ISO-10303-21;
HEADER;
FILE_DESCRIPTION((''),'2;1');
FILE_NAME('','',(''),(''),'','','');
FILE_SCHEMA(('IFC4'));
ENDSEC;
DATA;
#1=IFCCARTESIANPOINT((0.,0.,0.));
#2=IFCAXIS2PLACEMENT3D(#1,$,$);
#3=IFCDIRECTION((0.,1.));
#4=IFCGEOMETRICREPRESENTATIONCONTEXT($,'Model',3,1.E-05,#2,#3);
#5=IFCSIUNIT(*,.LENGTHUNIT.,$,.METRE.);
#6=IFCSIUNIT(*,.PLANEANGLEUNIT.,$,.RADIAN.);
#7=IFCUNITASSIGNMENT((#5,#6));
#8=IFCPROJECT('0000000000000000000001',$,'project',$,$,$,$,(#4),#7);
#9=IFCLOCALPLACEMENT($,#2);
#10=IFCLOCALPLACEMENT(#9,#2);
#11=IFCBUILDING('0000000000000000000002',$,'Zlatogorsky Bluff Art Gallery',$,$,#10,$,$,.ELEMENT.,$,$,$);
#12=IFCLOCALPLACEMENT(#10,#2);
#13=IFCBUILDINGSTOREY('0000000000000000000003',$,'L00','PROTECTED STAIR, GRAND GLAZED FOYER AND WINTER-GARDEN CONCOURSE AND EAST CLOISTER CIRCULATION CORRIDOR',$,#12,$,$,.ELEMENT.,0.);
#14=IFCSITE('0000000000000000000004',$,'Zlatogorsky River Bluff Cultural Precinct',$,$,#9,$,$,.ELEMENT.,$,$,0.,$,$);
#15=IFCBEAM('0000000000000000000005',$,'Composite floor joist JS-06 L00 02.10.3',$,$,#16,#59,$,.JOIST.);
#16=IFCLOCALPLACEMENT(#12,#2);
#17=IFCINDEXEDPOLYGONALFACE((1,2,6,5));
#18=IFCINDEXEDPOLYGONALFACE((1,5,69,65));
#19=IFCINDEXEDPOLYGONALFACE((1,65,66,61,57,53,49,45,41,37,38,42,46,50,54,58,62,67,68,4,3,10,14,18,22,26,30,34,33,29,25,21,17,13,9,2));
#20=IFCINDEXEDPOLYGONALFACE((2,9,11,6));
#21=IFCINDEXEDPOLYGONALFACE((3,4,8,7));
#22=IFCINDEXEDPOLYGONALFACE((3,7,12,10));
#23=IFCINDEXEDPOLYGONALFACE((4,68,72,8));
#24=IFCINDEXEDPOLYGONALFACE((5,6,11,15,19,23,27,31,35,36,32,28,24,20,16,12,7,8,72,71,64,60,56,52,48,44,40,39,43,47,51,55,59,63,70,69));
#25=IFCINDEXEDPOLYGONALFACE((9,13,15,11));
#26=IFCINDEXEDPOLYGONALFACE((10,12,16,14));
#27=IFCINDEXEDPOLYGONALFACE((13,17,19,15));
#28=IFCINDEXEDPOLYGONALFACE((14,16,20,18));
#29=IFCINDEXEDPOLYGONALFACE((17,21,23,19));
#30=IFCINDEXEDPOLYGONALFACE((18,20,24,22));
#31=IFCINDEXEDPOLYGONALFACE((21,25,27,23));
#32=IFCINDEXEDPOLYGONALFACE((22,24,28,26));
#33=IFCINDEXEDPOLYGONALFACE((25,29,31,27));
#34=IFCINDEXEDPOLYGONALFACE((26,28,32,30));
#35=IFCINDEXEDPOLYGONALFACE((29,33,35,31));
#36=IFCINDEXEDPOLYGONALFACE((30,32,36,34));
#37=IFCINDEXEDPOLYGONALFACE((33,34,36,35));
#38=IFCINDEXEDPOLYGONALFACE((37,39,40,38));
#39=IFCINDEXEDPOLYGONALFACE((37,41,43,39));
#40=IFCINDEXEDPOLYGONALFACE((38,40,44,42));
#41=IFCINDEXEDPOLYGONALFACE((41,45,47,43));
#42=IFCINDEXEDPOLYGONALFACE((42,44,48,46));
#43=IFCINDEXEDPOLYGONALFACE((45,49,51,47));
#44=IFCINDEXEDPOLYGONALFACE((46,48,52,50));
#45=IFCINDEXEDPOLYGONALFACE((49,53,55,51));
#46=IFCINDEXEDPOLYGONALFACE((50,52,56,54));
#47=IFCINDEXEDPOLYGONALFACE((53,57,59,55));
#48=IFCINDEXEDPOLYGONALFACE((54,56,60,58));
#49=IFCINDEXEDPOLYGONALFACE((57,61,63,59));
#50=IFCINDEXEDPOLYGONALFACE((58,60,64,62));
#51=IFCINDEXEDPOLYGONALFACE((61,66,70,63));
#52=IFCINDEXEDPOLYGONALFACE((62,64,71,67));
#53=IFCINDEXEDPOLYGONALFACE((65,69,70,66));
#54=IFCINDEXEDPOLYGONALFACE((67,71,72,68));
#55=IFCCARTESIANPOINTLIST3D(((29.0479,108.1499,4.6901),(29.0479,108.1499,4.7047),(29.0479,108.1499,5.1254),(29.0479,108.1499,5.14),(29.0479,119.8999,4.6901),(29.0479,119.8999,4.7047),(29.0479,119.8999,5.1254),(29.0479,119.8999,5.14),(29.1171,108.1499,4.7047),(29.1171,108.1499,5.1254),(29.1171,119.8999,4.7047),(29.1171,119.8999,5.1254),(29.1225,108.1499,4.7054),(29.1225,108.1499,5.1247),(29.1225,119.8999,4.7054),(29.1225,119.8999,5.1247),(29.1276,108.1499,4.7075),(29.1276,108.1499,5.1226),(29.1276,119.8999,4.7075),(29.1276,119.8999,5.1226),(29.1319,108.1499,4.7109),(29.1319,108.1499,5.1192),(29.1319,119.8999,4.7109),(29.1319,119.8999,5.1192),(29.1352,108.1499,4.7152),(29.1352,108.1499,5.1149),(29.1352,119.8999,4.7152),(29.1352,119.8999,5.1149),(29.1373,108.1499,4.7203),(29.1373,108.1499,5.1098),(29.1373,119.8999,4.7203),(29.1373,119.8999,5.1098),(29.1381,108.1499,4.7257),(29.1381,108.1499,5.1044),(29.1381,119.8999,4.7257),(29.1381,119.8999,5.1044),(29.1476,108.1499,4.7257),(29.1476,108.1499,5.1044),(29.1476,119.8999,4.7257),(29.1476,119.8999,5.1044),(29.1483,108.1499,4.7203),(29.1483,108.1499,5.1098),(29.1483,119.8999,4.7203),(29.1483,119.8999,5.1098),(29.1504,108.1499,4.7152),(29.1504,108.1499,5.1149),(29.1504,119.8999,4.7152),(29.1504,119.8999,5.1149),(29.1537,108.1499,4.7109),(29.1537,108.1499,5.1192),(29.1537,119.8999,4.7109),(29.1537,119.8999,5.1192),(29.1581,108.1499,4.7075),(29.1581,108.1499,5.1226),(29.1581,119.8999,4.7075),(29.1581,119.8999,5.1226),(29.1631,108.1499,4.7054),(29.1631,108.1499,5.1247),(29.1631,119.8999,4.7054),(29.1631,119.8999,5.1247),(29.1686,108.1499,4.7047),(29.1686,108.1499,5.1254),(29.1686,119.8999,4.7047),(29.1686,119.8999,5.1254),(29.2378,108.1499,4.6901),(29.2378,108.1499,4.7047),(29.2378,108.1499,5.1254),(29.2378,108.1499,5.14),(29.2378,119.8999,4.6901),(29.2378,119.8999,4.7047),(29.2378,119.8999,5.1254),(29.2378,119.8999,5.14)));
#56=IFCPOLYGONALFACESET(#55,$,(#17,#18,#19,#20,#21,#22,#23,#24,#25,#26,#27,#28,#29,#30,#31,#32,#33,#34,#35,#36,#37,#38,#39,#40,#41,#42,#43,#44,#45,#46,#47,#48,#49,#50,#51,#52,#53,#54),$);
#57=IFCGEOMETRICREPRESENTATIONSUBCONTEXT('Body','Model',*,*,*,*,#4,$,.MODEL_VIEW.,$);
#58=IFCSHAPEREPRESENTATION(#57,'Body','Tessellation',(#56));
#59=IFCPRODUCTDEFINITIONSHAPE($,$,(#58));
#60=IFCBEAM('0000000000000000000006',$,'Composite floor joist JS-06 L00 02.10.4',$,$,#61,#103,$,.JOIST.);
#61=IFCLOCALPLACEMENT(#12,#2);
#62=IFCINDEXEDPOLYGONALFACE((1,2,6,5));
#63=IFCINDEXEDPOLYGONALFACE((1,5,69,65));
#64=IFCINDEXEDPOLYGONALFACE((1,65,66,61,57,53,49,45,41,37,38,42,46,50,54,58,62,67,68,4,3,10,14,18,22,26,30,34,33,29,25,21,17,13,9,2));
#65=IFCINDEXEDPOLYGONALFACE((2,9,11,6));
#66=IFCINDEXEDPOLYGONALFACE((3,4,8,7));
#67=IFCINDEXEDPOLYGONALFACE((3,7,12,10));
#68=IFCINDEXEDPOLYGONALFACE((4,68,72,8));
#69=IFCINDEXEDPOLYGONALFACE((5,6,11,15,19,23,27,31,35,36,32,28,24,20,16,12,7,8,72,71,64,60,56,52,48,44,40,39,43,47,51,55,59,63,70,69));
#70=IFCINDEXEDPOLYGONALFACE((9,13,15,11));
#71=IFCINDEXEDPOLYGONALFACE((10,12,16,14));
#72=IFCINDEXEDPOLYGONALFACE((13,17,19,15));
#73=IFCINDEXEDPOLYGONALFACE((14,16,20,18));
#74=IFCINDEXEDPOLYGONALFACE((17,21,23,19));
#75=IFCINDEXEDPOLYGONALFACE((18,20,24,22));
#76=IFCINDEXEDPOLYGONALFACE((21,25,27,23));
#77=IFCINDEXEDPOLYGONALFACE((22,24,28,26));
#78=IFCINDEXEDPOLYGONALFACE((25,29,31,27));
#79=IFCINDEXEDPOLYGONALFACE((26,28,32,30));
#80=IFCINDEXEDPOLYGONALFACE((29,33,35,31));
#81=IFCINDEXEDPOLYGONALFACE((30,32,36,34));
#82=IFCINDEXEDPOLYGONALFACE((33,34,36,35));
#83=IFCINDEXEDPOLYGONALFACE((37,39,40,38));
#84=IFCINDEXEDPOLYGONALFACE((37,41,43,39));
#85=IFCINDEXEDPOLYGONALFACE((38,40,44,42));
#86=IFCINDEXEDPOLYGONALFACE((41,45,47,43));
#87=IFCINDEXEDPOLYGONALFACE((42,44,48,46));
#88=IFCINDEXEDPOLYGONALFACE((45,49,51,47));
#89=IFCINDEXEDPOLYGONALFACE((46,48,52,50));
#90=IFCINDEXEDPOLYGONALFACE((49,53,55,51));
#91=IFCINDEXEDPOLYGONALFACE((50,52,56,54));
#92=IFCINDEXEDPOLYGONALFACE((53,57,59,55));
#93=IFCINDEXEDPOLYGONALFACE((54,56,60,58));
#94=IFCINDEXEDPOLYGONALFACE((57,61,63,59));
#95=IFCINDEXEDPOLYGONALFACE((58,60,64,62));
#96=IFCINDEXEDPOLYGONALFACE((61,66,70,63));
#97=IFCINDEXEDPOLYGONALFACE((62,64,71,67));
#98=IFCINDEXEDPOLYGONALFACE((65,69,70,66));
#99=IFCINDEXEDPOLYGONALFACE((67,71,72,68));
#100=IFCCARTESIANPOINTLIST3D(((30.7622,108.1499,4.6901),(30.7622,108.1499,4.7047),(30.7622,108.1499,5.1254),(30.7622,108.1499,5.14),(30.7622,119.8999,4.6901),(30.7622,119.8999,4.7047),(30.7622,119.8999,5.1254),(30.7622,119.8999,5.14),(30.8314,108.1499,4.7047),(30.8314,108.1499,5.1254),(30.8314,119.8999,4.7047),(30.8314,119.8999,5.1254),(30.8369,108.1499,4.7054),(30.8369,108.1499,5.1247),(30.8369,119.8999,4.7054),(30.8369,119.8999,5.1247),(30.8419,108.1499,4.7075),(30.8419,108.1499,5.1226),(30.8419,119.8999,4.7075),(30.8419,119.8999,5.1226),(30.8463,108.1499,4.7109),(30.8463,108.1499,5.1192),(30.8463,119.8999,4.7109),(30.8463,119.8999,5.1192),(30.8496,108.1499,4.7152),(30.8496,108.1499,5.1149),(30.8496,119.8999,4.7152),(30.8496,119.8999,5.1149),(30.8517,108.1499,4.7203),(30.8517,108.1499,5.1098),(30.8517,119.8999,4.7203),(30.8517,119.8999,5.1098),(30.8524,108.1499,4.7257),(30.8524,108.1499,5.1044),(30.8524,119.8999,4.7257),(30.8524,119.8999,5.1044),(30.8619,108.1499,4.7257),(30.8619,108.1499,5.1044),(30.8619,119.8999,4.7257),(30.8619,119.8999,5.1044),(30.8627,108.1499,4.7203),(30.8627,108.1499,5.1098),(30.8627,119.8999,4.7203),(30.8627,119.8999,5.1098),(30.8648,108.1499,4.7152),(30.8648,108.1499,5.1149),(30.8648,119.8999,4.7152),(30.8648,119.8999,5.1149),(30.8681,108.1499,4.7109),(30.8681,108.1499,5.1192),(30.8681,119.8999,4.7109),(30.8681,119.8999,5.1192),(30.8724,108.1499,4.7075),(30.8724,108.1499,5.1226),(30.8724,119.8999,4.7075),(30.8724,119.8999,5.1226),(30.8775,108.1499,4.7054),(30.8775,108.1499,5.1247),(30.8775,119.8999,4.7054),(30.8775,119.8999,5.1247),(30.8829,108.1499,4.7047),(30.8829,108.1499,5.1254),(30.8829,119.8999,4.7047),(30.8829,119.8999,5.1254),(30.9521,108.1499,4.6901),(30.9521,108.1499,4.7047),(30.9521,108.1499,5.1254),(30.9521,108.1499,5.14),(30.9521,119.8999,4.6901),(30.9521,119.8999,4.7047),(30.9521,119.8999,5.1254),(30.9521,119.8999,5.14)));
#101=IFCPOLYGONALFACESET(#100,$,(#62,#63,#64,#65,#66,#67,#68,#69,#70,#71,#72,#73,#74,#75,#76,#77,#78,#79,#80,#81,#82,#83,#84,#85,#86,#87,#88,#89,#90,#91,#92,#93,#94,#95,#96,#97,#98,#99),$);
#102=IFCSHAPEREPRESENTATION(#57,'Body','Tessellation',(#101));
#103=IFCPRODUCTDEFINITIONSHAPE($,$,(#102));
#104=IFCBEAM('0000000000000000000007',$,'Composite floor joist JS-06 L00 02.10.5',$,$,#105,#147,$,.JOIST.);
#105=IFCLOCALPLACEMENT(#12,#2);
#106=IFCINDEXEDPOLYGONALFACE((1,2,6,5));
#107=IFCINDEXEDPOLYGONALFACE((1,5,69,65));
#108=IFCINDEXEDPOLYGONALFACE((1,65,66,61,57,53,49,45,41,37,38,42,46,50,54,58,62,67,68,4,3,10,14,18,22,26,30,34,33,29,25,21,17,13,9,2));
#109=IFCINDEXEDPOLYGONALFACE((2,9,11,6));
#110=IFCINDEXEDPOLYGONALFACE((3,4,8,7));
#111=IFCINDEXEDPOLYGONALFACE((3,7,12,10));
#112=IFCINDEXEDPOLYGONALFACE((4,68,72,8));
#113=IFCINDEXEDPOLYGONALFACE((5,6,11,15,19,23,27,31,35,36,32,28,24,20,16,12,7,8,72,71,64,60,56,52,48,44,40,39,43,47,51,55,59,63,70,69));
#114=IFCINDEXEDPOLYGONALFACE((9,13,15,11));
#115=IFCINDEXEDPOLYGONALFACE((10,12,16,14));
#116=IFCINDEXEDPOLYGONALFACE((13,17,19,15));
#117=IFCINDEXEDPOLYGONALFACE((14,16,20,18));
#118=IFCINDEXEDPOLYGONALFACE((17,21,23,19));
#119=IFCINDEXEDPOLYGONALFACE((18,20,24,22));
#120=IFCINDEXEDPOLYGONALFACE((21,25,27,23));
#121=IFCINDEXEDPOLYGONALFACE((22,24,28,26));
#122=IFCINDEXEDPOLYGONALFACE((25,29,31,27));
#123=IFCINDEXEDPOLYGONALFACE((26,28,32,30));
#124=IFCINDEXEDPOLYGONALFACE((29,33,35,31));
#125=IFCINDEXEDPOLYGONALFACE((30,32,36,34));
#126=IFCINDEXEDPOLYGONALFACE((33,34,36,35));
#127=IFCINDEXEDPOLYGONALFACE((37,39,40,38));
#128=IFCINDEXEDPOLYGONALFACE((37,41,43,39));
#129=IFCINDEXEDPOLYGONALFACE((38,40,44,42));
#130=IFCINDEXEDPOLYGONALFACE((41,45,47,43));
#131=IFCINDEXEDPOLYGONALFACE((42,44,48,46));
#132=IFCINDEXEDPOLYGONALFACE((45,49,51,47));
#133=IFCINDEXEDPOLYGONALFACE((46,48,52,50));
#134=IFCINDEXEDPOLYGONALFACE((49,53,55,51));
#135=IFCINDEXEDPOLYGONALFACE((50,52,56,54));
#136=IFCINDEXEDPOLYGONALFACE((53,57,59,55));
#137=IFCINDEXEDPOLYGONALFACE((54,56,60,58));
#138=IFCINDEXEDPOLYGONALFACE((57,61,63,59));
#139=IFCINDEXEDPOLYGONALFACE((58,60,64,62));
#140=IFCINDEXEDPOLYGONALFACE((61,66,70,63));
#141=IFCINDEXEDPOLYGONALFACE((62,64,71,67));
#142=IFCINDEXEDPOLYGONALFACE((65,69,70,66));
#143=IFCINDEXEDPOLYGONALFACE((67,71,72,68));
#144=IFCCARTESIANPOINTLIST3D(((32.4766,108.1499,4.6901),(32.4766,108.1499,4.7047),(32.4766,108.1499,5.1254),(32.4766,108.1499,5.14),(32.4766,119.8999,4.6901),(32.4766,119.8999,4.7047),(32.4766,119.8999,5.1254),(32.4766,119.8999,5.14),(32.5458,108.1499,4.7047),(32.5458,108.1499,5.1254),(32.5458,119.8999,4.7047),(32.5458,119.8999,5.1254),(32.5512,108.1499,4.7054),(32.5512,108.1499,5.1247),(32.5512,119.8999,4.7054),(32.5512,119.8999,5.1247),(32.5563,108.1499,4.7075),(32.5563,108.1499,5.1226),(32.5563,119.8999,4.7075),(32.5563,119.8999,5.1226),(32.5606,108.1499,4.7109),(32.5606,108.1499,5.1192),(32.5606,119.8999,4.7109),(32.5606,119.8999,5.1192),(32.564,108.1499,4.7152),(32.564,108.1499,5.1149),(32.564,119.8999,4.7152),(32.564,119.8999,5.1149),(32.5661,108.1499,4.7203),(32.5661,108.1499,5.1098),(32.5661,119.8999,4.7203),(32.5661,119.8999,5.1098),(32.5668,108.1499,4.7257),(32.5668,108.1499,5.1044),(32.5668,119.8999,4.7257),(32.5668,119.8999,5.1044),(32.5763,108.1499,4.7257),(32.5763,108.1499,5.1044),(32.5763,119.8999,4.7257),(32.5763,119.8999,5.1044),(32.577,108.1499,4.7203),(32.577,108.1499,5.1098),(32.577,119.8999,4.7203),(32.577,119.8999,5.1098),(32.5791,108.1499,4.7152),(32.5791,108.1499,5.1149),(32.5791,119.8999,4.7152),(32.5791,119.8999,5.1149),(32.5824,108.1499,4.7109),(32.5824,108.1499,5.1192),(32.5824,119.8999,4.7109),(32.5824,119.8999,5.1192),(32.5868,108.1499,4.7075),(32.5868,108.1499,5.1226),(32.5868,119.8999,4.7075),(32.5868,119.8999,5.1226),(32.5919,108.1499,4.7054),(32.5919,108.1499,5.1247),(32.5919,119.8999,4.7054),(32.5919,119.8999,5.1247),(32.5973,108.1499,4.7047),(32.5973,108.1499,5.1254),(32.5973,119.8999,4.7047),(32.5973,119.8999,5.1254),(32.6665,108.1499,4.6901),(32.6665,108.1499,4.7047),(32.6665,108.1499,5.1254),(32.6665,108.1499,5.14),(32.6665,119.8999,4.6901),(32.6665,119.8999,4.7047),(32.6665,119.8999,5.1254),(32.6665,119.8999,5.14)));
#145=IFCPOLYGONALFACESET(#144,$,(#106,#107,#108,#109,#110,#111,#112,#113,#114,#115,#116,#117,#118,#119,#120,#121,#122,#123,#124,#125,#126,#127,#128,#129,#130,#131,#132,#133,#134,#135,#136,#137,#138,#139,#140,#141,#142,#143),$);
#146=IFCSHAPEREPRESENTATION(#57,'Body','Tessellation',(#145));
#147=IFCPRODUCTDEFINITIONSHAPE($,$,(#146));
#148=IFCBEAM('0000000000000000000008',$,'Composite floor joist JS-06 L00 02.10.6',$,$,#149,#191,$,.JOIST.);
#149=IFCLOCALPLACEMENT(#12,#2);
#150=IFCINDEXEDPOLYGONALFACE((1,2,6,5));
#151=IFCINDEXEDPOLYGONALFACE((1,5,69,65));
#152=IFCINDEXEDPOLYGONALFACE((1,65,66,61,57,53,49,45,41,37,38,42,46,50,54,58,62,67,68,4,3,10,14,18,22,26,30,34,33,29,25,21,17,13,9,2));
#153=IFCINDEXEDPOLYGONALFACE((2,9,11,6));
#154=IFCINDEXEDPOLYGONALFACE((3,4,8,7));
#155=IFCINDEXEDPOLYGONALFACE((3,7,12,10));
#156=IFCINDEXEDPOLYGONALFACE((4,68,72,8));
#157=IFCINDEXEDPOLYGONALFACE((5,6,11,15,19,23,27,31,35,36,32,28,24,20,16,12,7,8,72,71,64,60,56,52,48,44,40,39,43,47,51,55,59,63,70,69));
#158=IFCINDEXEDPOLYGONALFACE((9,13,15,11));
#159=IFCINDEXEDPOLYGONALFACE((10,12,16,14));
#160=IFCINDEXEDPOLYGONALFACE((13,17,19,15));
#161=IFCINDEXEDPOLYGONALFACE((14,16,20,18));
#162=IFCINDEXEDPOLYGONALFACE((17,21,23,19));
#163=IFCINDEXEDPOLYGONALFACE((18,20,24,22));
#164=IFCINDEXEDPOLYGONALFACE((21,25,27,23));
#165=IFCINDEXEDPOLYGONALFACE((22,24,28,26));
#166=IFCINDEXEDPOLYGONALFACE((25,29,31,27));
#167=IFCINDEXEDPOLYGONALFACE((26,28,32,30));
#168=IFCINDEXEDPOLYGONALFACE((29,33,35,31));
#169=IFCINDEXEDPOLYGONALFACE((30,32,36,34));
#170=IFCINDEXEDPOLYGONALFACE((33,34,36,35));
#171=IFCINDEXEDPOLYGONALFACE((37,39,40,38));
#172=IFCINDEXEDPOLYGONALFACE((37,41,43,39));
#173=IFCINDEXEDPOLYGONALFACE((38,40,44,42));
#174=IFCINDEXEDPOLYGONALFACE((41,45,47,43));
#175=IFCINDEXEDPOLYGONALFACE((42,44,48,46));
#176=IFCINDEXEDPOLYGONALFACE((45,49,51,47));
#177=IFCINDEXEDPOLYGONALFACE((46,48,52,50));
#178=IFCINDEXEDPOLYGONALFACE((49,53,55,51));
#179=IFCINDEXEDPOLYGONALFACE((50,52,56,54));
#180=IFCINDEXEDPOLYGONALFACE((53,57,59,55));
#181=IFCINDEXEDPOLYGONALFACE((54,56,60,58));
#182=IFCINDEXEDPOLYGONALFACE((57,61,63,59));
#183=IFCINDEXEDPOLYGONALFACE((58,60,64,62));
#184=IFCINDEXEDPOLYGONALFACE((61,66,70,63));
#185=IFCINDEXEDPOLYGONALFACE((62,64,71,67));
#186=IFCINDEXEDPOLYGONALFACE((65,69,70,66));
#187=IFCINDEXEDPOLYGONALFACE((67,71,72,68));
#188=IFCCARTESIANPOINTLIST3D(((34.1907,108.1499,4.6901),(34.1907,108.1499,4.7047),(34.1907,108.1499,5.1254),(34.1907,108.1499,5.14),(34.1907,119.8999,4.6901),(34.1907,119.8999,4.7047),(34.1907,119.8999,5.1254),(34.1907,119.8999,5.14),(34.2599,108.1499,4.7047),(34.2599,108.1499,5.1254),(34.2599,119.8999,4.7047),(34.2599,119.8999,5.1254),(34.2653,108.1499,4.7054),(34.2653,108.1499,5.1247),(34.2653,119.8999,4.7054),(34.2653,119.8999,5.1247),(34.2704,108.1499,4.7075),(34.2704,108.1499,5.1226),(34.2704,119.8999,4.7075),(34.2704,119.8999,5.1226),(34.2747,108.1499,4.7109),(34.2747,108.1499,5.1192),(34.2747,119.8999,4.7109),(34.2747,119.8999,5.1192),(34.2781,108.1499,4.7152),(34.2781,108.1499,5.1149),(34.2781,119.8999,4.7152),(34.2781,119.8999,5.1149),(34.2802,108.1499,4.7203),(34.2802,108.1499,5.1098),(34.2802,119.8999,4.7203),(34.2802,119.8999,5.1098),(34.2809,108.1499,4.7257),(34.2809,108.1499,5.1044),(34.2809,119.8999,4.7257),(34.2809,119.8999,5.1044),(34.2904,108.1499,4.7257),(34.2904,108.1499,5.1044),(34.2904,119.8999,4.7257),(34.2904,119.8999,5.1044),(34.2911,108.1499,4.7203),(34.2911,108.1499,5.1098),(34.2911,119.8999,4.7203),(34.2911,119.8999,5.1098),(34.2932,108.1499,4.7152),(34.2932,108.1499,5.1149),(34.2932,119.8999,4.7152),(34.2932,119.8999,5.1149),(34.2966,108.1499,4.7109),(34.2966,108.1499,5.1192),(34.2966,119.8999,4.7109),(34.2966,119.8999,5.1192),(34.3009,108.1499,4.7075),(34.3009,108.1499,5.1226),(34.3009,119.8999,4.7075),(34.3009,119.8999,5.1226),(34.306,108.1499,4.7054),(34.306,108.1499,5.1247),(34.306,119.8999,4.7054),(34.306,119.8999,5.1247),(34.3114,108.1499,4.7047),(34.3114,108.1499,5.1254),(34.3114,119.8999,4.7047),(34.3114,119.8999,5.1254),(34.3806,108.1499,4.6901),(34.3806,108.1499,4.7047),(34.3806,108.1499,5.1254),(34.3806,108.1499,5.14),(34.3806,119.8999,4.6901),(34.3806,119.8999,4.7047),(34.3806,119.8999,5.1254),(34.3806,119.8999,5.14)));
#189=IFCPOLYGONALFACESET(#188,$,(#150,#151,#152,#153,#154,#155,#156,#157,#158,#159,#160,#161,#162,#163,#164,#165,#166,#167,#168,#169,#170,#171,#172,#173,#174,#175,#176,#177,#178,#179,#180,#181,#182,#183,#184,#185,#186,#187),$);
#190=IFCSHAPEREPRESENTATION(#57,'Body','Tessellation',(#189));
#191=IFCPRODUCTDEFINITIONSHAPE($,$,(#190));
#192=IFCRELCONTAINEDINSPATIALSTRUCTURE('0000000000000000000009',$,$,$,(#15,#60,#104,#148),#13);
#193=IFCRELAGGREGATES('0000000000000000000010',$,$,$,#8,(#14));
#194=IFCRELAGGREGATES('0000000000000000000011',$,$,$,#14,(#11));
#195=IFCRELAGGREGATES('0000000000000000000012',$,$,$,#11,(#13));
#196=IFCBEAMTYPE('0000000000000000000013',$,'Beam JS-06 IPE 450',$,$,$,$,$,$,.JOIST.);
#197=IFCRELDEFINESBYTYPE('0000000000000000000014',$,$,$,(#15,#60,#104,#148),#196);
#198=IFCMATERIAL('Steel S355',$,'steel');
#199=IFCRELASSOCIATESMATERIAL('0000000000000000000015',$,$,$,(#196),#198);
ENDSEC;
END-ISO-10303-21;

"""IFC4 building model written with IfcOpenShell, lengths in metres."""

from ifc_helpers import new_model, si_unit, direction, frame, origin, origin_2d, place, context, subcontext, project, spatial, i_section, extrude, material, material_profile, profile_set, type_object, element, save


model = new_model("IFC4")

# Units and contexts
model_context = context("Model", 3, precision=1e-05, world=origin(), true_north=direction((0.0, 1.0)))
body_context = subcontext(model_context, "Body", "Model", "MODEL_VIEW")
ifc_project = project(units=[si_unit("LENGTHUNIT", "METRE"), si_unit("PLANEANGLEUNIT", "RADIAN")], contexts=[model_context])

# Site, building, storey
site_placement = place(None, origin())
site = spatial("IfcSite", under=ifc_project, at=site_placement, Name="Zlatogorsky River Bluff Cultural Precinct", CompositionType="ELEMENT", RefElevation=0.0)
building_placement = place(site_placement, origin())
building = spatial("IfcBuilding", under=site, at=building_placement, Name="Zlatogorsky Bluff Art Gallery", CompositionType="ELEMENT")
storey_placement = place(building_placement, origin())
storey = spatial("IfcBuildingStorey", under=building, at=storey_placement, Name="L00", Description="PROTECTED STAIR, GRAND GLAZED FOYER AND WINTER-GARDEN CONCOURSE AND EAST CLOISTER CIRCULATION CORRIDOR", CompositionType="ELEMENT", Elevation=0.0)

# Shared definitions
ifc_material_1 = material(Name="Steel S355", Category="steel")

# Beams
ifc_material_profile_1 = material_profile(ifc_material_1, i_section(OverallWidth=0.1899, OverallDepth=0.45, WebThickness=0.0095, FlangeThickness=0.0146, FilletRadius=0.021, at=origin_2d()), Name="IPE 450")
ifc_profile_set_1 = profile_set([ifc_material_profile_1], Name="Steel S355")
beam_type_1 = type_object("IfcBeamType", Name="Beam JS-06 IPE 450", PredefinedType="JOIST", material=ifc_profile_set_1)
for number, where, z_axis, x_axis, name in (
    (1, (29.1428, 108.1499, 4.915), (0.0, 1.0, 0.0), (-1.0, 0.0, 0.0), "Composite floor joist JS-06 L00 02.10.3"),
    (2, (30.8572, 108.1499, 4.915), (0.0, 1.0, 0.0), (-1.0, 0.0, 0.0), "Composite floor joist JS-06 L00 02.10.4"),
    (3, (32.5715, 108.1499, 4.915), (0.0, 1.0, 0.0), (-1.0, 0.0, 0.0), "Composite floor joist JS-06 L00 02.10.5"),
    (4, (34.2856, 108.1499, 4.915), (0.0, 1.0, 0.0), (-1.0, 0.0, 0.0), "Composite floor joist JS-06 L00 02.10.6"),
):
    element("IfcBeam", number, at=place(storey_placement, frame(where, z_axis=z_axis, x_axis=x_axis)), inside=storey, type_object=beam_type_1, Name=name, PredefinedType="JOIST", context=body_context, shape_type="SweptSolid", body=[
        extrude(i_section(OverallWidth=0.1899, OverallDepth=0.45, WebThickness=0.0095, FlangeThickness=0.0146, FilletRadius=0.021, at=origin_2d()), origin(), (0.0, 0.0, 1.0), 11.75),
    ])

save(model, "model.ifc")
